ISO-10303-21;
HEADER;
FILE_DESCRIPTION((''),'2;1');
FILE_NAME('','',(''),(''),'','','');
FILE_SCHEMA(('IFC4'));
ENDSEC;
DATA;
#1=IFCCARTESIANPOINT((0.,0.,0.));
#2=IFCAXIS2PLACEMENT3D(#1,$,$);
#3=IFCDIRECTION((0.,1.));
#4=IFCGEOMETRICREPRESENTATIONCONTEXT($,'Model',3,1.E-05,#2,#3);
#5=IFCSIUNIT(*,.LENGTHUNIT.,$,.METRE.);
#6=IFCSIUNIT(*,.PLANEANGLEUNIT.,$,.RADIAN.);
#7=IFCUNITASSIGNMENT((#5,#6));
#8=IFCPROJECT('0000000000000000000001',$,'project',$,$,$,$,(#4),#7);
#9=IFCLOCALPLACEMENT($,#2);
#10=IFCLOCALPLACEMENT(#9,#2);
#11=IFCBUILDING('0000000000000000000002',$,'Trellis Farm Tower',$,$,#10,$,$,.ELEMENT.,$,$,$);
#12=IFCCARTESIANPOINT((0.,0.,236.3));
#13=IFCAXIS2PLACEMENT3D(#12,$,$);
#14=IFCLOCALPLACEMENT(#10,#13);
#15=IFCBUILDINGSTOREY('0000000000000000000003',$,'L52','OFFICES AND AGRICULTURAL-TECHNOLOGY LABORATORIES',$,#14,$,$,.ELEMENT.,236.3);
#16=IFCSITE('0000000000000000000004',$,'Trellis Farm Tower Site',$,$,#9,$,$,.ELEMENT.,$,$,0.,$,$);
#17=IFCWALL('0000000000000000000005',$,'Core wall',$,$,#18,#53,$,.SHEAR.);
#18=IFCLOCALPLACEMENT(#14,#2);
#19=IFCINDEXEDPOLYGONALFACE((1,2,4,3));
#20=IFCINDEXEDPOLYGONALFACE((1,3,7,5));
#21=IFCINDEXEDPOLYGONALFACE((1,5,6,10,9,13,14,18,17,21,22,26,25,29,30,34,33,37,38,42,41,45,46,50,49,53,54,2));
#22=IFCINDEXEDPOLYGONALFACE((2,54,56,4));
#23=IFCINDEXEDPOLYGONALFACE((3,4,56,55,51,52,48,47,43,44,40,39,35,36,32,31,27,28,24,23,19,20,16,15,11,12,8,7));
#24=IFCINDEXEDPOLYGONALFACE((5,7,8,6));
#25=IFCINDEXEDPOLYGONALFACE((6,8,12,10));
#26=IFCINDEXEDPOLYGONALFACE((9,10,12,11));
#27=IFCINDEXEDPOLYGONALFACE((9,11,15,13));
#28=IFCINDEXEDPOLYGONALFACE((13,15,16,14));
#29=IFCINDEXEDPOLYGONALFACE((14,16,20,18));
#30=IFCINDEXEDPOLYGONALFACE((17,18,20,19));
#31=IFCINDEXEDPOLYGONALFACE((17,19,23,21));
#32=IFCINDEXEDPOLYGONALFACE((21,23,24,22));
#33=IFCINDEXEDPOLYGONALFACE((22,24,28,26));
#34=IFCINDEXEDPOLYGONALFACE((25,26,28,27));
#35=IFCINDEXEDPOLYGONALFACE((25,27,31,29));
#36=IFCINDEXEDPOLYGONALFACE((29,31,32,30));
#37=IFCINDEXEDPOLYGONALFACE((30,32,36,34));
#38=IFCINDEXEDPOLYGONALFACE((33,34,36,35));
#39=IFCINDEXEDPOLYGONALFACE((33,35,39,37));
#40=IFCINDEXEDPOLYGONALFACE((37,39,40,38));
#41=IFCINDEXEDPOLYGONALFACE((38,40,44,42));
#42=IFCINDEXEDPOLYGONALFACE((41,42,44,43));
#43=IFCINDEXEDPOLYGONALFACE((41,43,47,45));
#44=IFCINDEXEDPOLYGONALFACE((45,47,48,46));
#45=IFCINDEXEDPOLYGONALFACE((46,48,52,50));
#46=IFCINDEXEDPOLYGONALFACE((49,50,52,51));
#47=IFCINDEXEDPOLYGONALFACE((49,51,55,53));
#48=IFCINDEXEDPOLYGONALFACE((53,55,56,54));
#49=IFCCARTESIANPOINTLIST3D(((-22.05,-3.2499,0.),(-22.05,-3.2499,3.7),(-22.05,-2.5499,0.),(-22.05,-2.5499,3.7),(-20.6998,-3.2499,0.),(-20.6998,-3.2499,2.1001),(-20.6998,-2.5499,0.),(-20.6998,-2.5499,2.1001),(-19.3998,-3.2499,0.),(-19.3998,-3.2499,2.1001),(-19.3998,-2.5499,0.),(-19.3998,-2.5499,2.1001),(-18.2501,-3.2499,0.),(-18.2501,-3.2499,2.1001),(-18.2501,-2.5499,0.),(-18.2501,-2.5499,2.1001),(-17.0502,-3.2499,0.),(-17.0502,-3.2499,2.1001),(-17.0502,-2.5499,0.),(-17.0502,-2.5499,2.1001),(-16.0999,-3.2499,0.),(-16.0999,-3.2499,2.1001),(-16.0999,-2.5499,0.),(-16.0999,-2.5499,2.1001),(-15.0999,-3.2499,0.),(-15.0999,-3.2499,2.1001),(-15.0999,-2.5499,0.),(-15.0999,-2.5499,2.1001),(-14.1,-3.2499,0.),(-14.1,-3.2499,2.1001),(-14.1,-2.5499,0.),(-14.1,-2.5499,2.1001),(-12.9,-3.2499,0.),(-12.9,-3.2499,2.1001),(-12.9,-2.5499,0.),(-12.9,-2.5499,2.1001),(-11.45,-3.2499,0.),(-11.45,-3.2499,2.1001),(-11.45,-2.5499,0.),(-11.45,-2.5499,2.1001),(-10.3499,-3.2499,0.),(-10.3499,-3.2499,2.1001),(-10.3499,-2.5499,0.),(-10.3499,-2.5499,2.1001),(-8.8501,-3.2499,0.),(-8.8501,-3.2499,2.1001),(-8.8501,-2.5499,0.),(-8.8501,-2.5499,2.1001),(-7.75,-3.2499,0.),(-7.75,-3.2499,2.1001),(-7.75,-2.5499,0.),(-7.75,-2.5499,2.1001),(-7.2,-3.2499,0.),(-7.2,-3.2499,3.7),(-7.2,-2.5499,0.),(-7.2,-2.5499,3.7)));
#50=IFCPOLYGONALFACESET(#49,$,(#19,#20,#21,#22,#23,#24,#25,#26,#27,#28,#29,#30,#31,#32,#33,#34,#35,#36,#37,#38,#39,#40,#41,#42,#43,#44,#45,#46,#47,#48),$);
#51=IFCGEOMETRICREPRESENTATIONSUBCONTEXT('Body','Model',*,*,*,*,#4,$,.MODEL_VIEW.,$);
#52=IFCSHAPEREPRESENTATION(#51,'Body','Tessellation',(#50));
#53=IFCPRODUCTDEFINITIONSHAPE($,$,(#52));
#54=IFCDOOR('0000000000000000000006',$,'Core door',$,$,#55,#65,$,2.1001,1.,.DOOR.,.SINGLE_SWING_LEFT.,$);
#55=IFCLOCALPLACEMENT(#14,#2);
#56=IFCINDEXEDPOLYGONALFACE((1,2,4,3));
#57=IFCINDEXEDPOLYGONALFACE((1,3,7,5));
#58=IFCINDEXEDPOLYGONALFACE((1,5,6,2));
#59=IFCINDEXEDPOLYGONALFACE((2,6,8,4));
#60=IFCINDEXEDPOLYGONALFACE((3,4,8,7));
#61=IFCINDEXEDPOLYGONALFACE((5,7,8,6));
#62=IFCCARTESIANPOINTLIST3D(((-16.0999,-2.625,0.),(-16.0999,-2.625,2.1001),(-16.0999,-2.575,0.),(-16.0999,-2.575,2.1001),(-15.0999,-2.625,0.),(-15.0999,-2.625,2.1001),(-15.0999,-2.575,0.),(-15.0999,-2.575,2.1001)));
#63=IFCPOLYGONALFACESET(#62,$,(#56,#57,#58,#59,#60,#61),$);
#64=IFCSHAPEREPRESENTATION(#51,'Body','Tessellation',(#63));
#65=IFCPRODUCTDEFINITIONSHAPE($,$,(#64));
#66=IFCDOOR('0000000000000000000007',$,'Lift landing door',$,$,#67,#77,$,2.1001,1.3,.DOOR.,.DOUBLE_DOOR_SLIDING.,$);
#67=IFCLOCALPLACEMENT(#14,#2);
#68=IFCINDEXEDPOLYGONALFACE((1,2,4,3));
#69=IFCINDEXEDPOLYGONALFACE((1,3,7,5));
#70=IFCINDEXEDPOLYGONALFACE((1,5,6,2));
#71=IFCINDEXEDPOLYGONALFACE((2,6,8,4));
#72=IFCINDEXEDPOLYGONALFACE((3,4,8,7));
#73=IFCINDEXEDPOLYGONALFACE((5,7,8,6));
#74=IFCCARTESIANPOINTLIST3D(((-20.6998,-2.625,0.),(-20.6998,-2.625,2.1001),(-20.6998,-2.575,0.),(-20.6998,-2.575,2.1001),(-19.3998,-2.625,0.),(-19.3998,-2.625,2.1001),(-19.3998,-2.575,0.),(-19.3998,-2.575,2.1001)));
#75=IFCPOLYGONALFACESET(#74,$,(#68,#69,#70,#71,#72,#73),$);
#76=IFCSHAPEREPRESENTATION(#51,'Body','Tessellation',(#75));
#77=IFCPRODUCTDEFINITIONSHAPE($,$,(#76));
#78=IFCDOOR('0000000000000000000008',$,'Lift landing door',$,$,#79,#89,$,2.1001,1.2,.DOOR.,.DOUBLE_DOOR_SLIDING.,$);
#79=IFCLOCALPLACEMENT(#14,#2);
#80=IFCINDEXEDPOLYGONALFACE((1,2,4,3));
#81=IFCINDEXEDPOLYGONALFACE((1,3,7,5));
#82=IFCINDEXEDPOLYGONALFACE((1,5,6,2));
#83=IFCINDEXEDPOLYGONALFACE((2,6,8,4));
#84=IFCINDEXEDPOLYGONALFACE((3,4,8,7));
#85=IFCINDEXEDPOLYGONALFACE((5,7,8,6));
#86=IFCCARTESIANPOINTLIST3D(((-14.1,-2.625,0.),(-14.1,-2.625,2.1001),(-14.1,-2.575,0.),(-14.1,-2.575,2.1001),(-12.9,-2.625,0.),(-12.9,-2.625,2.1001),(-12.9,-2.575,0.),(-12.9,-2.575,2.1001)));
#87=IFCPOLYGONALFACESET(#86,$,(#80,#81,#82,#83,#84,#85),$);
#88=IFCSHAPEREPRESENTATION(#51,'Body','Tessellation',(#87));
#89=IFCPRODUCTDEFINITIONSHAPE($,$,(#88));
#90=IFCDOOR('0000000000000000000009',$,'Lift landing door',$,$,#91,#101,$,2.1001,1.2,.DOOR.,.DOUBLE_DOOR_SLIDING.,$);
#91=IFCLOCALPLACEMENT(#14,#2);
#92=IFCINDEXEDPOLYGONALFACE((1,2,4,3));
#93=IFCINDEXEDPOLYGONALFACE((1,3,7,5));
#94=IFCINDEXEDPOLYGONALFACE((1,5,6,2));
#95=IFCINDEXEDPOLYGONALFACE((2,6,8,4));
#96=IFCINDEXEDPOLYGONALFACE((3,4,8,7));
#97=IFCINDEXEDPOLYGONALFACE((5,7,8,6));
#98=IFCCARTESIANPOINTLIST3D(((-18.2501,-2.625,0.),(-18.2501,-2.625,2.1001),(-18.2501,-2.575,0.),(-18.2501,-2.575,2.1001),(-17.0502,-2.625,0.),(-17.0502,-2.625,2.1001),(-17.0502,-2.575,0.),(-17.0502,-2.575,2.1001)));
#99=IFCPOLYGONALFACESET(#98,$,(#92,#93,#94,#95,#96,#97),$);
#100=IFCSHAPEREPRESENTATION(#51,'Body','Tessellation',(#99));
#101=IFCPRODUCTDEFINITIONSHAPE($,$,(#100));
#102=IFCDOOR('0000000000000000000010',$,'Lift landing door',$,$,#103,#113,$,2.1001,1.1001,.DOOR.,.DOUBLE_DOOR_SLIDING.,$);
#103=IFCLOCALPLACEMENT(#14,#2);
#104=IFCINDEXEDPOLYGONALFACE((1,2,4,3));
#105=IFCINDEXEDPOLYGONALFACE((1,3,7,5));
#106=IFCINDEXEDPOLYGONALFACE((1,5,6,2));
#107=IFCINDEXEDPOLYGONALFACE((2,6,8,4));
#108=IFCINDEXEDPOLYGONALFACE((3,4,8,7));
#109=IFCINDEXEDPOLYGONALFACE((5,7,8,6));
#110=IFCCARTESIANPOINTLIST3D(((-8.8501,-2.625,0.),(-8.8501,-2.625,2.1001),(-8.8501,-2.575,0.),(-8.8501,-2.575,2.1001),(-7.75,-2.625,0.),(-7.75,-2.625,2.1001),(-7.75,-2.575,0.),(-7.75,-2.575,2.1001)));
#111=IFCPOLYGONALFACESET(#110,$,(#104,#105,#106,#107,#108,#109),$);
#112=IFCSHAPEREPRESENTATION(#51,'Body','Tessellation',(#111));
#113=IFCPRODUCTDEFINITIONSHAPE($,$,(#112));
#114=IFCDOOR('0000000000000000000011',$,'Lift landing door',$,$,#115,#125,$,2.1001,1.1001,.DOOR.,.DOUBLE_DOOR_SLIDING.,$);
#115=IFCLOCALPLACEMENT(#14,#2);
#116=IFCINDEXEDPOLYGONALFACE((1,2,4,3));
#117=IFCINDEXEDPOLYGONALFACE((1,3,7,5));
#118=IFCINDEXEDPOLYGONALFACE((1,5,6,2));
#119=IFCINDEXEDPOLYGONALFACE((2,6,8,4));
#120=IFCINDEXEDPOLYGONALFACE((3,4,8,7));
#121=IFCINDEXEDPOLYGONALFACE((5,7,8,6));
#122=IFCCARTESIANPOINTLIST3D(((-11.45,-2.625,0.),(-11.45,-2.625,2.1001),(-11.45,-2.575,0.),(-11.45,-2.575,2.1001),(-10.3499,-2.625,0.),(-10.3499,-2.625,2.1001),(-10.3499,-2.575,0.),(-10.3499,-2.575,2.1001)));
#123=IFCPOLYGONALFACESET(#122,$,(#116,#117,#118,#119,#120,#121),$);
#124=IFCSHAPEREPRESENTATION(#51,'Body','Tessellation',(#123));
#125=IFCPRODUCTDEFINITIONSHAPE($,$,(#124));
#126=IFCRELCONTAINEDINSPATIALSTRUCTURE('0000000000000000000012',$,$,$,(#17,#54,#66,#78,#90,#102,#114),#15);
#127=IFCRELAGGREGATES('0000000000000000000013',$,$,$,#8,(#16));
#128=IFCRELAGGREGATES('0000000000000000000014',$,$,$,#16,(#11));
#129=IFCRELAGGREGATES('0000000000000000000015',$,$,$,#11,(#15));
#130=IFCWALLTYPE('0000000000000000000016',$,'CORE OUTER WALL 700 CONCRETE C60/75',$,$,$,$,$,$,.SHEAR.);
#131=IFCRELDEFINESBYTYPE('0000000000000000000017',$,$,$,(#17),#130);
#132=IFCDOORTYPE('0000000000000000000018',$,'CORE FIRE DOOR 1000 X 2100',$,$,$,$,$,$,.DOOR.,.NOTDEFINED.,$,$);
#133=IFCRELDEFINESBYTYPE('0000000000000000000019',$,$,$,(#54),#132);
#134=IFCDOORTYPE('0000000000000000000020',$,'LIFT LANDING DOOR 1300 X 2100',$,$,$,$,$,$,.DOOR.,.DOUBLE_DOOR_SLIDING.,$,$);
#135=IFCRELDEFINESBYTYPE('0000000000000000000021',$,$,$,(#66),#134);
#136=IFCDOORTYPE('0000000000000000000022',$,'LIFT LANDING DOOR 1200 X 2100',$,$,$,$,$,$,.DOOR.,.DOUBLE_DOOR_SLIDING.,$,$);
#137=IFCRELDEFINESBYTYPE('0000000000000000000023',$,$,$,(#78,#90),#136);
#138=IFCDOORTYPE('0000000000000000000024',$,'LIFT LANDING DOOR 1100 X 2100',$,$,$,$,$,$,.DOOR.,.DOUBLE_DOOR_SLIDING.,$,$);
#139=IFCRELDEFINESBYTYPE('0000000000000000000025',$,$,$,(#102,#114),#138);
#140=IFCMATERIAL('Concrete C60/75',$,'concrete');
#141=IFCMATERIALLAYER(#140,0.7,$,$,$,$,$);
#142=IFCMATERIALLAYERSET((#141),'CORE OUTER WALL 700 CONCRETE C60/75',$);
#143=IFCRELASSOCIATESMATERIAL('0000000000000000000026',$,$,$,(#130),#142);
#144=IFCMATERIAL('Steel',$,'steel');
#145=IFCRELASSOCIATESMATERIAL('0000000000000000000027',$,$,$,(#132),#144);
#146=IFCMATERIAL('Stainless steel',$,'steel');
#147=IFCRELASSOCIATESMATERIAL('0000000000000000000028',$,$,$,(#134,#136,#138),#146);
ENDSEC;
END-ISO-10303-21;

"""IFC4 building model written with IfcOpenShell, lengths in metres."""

from ifc_helpers import new_model, si_unit, direction, frame, frame_2d, origin, place, context, subcontext, project, spatial, rectangle, extrude, source, transform, mapped, material, layer, layer_set, type_object, element, fill, save


model = new_model("IFC4")

# Units and contexts
model_context = context("Model", 3, precision=1e-05, world=origin(), true_north=direction((0.0, 1.0)))
body_context = subcontext(model_context, "Body", "Model", "MODEL_VIEW")
ifc_project = project(units=[si_unit("LENGTHUNIT", "METRE"), si_unit("PLANEANGLEUNIT", "RADIAN")], contexts=[model_context])

# Site, building, storey
site_placement = place(None, origin())
site = spatial("IfcSite", under=ifc_project, at=site_placement, Name="Trellis Farm Tower Site", CompositionType="ELEMENT", RefElevation=0.0)
building_placement = place(site_placement, origin())
building = spatial("IfcBuilding", under=site, at=building_placement, Name="Trellis Farm Tower", CompositionType="ELEMENT")
storey_placement = place(building_placement, frame((0.0, 0.0, 236.3)))
storey = spatial("IfcBuildingStorey", under=building, at=storey_placement, Name="L52", Description="OFFICES AND AGRICULTURAL-TECHNOLOGY LABORATORIES", CompositionType="ELEMENT", Elevation=236.3)

# Shared definitions
ifc_material_1 = material(Name="Concrete C60/75", Category="concrete")

# Shared definitions
ifc_material_2 = material(Name="Steel", Category="steel")

# Wall, openings, doors
ifc_layer_1 = layer(ifc_material_1, 0.7)
ifc_layer_set_1 = layer_set([ifc_layer_1], Name="CORE OUTER WALL 700 CONCRETE C60/75")
wall_type_1 = type_object("IfcWallType", Name="CORE OUTER WALL 700 CONCRETE C60/75", PredefinedType="SHEAR", material=ifc_layer_set_1)
shared_shape_1 = source(origin(), body_context, "Body", "SweptSolid", [
    extrude(rectangle(XDim=14.8501, YDim=0.7, at=frame_2d((7.425, 0.0))), origin(), (0.0, 0.0, 1.0), 3.7),
])
wall_1_placement = place(storey_placement, frame((-7.2, -2.8999, 0.0), z_axis=(0.0, 0.0, 1.0), x_axis=(-1.0, 0.0, 0.0)))
wall_1 = element("IfcWall", 1, at=wall_1_placement, inside=storey, type_object=wall_type_1, Name="Core wall", PredefinedType="SHEAR", context=body_context, shape_type="MappedRepresentation", body=[
    mapped(shared_shape_1, transform((0.0, 0.0, 0.0))),
])
shared_shape_2 = source(origin(), body_context, "Body", "SweptSolid", [
    extrude(rectangle(XDim=1.1001, YDim=2.1001, at=frame_2d((0.55, 1.05))), frame((0.0, 0.3601, 0.0), z_axis=(0.0, -1.0, 0.0), x_axis=(1.0, 0.0, 0.0)), (0.0, 0.0, 1.0), 0.7202),
])
opening_1_placement = place(wall_1_placement, frame((0.55, 0.0, 0.0)))
opening_1 = element("IfcOpeningElement", 2, at=opening_1_placement, cuts=wall_1, PredefinedType="OPENING", context=body_context, shape_type="MappedRepresentation", body=[
    mapped(shared_shape_2, transform((0.0, 0.0, 0.0))),
])
opening_2_placement = place(wall_1_placement, frame((3.1499, 0.0, 0.0)))
opening_2 = element("IfcOpeningElement", 3, at=opening_2_placement, cuts=wall_1, PredefinedType="OPENING", context=body_context, shape_type="MappedRepresentation", body=[
    mapped(shared_shape_2, transform((0.0, 0.0, 0.0))),
])
shared_shape_3 = source(origin(), body_context, "Body", "SweptSolid", [
    extrude(rectangle(XDim=1.2, YDim=2.1001, at=frame_2d((0.6001, 1.05))), frame((0.0, 0.3601, 0.0), z_axis=(0.0, -1.0, 0.0), x_axis=(1.0, 0.0, 0.0)), (0.0, 0.0, 1.0), 0.7202),
])
opening_3_placement = place(wall_1_placement, frame((5.7, 0.0, 0.0)))
opening_3 = element("IfcOpeningElement", 4, at=opening_3_placement, cuts=wall_1, PredefinedType="OPENING", context=body_context, shape_type="MappedRepresentation", body=[
    mapped(shared_shape_3, transform((0.0, 0.0, 0.0))),
])
shared_shape_4 = source(origin(), body_context, "Body", "SweptSolid", [
    extrude(rectangle(XDim=1.3, YDim=2.1001, at=frame_2d((0.6499, 1.05))), frame((0.0, 0.3601, 0.0), z_axis=(0.0, -1.0, 0.0), x_axis=(1.0, 0.0, 0.0)), (0.0, 0.0, 1.0), 0.7202),
])
opening_4_placement = place(wall_1_placement, frame((12.2, 0.0, 0.0)))
opening_4 = element("IfcOpeningElement", 5, at=opening_4_placement, cuts=wall_1, PredefinedType="OPENING", context=body_context, shape_type="MappedRepresentation", body=[
    mapped(shared_shape_4, transform((0.0, 0.0, 0.0))),
])
opening_5_placement = place(wall_1_placement, frame((9.8501, 0.0, 0.0)))
opening_5 = element("IfcOpeningElement", 6, at=opening_5_placement, cuts=wall_1, PredefinedType="OPENING", context=body_context, shape_type="MappedRepresentation", body=[
    mapped(shared_shape_3, transform((0.0, 0.0, 0.0))),
])
shared_shape_5 = source(origin(), body_context, "Body", "SweptSolid", [
    extrude(rectangle(XDim=1.0, YDim=2.1001, at=frame_2d((0.5, 1.05))), frame((0.0, 0.3601, 0.0), z_axis=(0.0, -1.0, 0.0), x_axis=(1.0, 0.0, 0.0)), (0.0, 0.0, 1.0), 0.7202),
])
opening_6_placement = place(wall_1_placement, frame((7.8999, 0.0, 0.0)))
opening_6 = element("IfcOpeningElement", 7, at=opening_6_placement, cuts=wall_1, PredefinedType="OPENING", context=body_context, shape_type="MappedRepresentation", body=[
    mapped(shared_shape_5, transform((0.0, 0.0, 0.0))),
])
door_type_1 = type_object("IfcDoorType", Name="CORE FIRE DOOR 1000 X 2100", OperationType="NOTDEFINED", PredefinedType="DOOR", material=ifc_material_2)
shared_shape_6 = source(origin(), body_context, "Body", "SweptSolid", [
    extrude(rectangle(XDim=1.0, YDim=2.1001, at=frame_2d((0.5, 1.05))), frame((0.0, -0.2749, 0.0), z_axis=(0.0, -1.0, 0.0), x_axis=(1.0, 0.0, 0.0)), (0.0, 0.0, 1.0), 0.05),
])
door_1_placement = place(opening_6_placement, origin())
door_1 = element("IfcDoor", 8, at=door_1_placement, inside=storey, type_object=door_type_1, Name="Core door", OperationType="SINGLE_SWING_LEFT", OverallHeight=2.1001, OverallWidth=1.0, PredefinedType="DOOR", context=body_context, shape_type="MappedRepresentation", body=[
    mapped(shared_shape_6, transform((0.0, 0.0, 0.0))),
])
fill(opening_6, door_1)
ifc_material_3 = material(Name="Stainless steel", Category="steel")
door_type_2 = type_object("IfcDoorType", Name="LIFT LANDING DOOR 1300 X 2100", OperationType="DOUBLE_DOOR_SLIDING", PredefinedType="DOOR", material=ifc_material_3)
shared_shape_7 = source(origin(), body_context, "Body", "SweptSolid", [
    extrude(rectangle(XDim=1.3, YDim=2.1001, at=frame_2d((0.6499, 1.05))), frame((0.0, -0.2749, 0.0), z_axis=(0.0, -1.0, 0.0), x_axis=(1.0, 0.0, 0.0)), (0.0, 0.0, 1.0), 0.05),
])
door_2_placement = place(opening_4_placement, origin())
door_2 = element("IfcDoor", 9, at=door_2_placement, inside=storey, type_object=door_type_2, Name="Lift landing door", OperationType="DOUBLE_DOOR_SLIDING", OverallHeight=2.1001, OverallWidth=1.3, PredefinedType="DOOR", context=body_context, shape_type="MappedRepresentation", body=[
    mapped(shared_shape_7, transform((0.0, 0.0, 0.0))),
])
fill(opening_4, door_2)
door_type_3 = type_object("IfcDoorType", Name="LIFT LANDING DOOR 1200 X 2100", OperationType="DOUBLE_DOOR_SLIDING", PredefinedType="DOOR", material=ifc_material_3)
shared_shape_8 = source(origin(), body_context, "Body", "SweptSolid", [
    extrude(rectangle(XDim=1.2, YDim=2.1001, at=frame_2d((0.6001, 1.05))), frame((0.0, -0.2749, 0.0), z_axis=(0.0, -1.0, 0.0), x_axis=(1.0, 0.0, 0.0)), (0.0, 0.0, 1.0), 0.05),
])
door_3_placement = place(opening_3_placement, origin())
door_3 = element("IfcDoor", 10, at=door_3_placement, inside=storey, type_object=door_type_3, Name="Lift landing door", OperationType="DOUBLE_DOOR_SLIDING", OverallHeight=2.1001, OverallWidth=1.2, PredefinedType="DOOR", context=body_context, shape_type="MappedRepresentation", body=[
    mapped(shared_shape_8, transform((0.0, 0.0, 0.0))),
])
fill(opening_3, door_3)
door_4_placement = place(opening_5_placement, origin())
door_4 = element("IfcDoor", 11, at=door_4_placement, inside=storey, type_object=door_type_3, Name="Lift landing door", OperationType="DOUBLE_DOOR_SLIDING", OverallHeight=2.1001, OverallWidth=1.2, PredefinedType="DOOR", context=body_context, shape_type="MappedRepresentation", body=[
    mapped(shared_shape_8, transform((0.0, 0.0, 0.0))),
])
fill(opening_5, door_4)
door_type_4 = type_object("IfcDoorType", Name="LIFT LANDING DOOR 1100 X 2100", OperationType="DOUBLE_DOOR_SLIDING", PredefinedType="DOOR", material=ifc_material_3)
shared_shape_9 = source(origin(), body_context, "Body", "SweptSolid", [
    extrude(rectangle(XDim=1.1001, YDim=2.1001, at=frame_2d((0.55, 1.05))), frame((0.0, -0.2749, 0.0), z_axis=(0.0, -1.0, 0.0), x_axis=(1.0, 0.0, 0.0)), (0.0, 0.0, 1.0), 0.05),
])
door_5_placement = place(opening_1_placement, origin())
door_5 = element("IfcDoor", 12, at=door_5_placement, inside=storey, type_object=door_type_4, Name="Lift landing door", OperationType="DOUBLE_DOOR_SLIDING", OverallHeight=2.1001, OverallWidth=1.1001, PredefinedType="DOOR", context=body_context, shape_type="MappedRepresentation", body=[
    mapped(shared_shape_9, transform((0.0, 0.0, 0.0))),
])
fill(opening_1, door_5)
door_6_placement = place(opening_2_placement, origin())
door_6 = element("IfcDoor", 13, at=door_6_placement, inside=storey, type_object=door_type_4, Name="Lift landing door", OperationType="DOUBLE_DOOR_SLIDING", OverallHeight=2.1001, OverallWidth=1.1001, PredefinedType="DOOR", context=body_context, shape_type="MappedRepresentation", body=[
    mapped(shared_shape_9, transform((0.0, 0.0, 0.0))),
])
fill(opening_2, door_6)

save(model, "model.ifc")
